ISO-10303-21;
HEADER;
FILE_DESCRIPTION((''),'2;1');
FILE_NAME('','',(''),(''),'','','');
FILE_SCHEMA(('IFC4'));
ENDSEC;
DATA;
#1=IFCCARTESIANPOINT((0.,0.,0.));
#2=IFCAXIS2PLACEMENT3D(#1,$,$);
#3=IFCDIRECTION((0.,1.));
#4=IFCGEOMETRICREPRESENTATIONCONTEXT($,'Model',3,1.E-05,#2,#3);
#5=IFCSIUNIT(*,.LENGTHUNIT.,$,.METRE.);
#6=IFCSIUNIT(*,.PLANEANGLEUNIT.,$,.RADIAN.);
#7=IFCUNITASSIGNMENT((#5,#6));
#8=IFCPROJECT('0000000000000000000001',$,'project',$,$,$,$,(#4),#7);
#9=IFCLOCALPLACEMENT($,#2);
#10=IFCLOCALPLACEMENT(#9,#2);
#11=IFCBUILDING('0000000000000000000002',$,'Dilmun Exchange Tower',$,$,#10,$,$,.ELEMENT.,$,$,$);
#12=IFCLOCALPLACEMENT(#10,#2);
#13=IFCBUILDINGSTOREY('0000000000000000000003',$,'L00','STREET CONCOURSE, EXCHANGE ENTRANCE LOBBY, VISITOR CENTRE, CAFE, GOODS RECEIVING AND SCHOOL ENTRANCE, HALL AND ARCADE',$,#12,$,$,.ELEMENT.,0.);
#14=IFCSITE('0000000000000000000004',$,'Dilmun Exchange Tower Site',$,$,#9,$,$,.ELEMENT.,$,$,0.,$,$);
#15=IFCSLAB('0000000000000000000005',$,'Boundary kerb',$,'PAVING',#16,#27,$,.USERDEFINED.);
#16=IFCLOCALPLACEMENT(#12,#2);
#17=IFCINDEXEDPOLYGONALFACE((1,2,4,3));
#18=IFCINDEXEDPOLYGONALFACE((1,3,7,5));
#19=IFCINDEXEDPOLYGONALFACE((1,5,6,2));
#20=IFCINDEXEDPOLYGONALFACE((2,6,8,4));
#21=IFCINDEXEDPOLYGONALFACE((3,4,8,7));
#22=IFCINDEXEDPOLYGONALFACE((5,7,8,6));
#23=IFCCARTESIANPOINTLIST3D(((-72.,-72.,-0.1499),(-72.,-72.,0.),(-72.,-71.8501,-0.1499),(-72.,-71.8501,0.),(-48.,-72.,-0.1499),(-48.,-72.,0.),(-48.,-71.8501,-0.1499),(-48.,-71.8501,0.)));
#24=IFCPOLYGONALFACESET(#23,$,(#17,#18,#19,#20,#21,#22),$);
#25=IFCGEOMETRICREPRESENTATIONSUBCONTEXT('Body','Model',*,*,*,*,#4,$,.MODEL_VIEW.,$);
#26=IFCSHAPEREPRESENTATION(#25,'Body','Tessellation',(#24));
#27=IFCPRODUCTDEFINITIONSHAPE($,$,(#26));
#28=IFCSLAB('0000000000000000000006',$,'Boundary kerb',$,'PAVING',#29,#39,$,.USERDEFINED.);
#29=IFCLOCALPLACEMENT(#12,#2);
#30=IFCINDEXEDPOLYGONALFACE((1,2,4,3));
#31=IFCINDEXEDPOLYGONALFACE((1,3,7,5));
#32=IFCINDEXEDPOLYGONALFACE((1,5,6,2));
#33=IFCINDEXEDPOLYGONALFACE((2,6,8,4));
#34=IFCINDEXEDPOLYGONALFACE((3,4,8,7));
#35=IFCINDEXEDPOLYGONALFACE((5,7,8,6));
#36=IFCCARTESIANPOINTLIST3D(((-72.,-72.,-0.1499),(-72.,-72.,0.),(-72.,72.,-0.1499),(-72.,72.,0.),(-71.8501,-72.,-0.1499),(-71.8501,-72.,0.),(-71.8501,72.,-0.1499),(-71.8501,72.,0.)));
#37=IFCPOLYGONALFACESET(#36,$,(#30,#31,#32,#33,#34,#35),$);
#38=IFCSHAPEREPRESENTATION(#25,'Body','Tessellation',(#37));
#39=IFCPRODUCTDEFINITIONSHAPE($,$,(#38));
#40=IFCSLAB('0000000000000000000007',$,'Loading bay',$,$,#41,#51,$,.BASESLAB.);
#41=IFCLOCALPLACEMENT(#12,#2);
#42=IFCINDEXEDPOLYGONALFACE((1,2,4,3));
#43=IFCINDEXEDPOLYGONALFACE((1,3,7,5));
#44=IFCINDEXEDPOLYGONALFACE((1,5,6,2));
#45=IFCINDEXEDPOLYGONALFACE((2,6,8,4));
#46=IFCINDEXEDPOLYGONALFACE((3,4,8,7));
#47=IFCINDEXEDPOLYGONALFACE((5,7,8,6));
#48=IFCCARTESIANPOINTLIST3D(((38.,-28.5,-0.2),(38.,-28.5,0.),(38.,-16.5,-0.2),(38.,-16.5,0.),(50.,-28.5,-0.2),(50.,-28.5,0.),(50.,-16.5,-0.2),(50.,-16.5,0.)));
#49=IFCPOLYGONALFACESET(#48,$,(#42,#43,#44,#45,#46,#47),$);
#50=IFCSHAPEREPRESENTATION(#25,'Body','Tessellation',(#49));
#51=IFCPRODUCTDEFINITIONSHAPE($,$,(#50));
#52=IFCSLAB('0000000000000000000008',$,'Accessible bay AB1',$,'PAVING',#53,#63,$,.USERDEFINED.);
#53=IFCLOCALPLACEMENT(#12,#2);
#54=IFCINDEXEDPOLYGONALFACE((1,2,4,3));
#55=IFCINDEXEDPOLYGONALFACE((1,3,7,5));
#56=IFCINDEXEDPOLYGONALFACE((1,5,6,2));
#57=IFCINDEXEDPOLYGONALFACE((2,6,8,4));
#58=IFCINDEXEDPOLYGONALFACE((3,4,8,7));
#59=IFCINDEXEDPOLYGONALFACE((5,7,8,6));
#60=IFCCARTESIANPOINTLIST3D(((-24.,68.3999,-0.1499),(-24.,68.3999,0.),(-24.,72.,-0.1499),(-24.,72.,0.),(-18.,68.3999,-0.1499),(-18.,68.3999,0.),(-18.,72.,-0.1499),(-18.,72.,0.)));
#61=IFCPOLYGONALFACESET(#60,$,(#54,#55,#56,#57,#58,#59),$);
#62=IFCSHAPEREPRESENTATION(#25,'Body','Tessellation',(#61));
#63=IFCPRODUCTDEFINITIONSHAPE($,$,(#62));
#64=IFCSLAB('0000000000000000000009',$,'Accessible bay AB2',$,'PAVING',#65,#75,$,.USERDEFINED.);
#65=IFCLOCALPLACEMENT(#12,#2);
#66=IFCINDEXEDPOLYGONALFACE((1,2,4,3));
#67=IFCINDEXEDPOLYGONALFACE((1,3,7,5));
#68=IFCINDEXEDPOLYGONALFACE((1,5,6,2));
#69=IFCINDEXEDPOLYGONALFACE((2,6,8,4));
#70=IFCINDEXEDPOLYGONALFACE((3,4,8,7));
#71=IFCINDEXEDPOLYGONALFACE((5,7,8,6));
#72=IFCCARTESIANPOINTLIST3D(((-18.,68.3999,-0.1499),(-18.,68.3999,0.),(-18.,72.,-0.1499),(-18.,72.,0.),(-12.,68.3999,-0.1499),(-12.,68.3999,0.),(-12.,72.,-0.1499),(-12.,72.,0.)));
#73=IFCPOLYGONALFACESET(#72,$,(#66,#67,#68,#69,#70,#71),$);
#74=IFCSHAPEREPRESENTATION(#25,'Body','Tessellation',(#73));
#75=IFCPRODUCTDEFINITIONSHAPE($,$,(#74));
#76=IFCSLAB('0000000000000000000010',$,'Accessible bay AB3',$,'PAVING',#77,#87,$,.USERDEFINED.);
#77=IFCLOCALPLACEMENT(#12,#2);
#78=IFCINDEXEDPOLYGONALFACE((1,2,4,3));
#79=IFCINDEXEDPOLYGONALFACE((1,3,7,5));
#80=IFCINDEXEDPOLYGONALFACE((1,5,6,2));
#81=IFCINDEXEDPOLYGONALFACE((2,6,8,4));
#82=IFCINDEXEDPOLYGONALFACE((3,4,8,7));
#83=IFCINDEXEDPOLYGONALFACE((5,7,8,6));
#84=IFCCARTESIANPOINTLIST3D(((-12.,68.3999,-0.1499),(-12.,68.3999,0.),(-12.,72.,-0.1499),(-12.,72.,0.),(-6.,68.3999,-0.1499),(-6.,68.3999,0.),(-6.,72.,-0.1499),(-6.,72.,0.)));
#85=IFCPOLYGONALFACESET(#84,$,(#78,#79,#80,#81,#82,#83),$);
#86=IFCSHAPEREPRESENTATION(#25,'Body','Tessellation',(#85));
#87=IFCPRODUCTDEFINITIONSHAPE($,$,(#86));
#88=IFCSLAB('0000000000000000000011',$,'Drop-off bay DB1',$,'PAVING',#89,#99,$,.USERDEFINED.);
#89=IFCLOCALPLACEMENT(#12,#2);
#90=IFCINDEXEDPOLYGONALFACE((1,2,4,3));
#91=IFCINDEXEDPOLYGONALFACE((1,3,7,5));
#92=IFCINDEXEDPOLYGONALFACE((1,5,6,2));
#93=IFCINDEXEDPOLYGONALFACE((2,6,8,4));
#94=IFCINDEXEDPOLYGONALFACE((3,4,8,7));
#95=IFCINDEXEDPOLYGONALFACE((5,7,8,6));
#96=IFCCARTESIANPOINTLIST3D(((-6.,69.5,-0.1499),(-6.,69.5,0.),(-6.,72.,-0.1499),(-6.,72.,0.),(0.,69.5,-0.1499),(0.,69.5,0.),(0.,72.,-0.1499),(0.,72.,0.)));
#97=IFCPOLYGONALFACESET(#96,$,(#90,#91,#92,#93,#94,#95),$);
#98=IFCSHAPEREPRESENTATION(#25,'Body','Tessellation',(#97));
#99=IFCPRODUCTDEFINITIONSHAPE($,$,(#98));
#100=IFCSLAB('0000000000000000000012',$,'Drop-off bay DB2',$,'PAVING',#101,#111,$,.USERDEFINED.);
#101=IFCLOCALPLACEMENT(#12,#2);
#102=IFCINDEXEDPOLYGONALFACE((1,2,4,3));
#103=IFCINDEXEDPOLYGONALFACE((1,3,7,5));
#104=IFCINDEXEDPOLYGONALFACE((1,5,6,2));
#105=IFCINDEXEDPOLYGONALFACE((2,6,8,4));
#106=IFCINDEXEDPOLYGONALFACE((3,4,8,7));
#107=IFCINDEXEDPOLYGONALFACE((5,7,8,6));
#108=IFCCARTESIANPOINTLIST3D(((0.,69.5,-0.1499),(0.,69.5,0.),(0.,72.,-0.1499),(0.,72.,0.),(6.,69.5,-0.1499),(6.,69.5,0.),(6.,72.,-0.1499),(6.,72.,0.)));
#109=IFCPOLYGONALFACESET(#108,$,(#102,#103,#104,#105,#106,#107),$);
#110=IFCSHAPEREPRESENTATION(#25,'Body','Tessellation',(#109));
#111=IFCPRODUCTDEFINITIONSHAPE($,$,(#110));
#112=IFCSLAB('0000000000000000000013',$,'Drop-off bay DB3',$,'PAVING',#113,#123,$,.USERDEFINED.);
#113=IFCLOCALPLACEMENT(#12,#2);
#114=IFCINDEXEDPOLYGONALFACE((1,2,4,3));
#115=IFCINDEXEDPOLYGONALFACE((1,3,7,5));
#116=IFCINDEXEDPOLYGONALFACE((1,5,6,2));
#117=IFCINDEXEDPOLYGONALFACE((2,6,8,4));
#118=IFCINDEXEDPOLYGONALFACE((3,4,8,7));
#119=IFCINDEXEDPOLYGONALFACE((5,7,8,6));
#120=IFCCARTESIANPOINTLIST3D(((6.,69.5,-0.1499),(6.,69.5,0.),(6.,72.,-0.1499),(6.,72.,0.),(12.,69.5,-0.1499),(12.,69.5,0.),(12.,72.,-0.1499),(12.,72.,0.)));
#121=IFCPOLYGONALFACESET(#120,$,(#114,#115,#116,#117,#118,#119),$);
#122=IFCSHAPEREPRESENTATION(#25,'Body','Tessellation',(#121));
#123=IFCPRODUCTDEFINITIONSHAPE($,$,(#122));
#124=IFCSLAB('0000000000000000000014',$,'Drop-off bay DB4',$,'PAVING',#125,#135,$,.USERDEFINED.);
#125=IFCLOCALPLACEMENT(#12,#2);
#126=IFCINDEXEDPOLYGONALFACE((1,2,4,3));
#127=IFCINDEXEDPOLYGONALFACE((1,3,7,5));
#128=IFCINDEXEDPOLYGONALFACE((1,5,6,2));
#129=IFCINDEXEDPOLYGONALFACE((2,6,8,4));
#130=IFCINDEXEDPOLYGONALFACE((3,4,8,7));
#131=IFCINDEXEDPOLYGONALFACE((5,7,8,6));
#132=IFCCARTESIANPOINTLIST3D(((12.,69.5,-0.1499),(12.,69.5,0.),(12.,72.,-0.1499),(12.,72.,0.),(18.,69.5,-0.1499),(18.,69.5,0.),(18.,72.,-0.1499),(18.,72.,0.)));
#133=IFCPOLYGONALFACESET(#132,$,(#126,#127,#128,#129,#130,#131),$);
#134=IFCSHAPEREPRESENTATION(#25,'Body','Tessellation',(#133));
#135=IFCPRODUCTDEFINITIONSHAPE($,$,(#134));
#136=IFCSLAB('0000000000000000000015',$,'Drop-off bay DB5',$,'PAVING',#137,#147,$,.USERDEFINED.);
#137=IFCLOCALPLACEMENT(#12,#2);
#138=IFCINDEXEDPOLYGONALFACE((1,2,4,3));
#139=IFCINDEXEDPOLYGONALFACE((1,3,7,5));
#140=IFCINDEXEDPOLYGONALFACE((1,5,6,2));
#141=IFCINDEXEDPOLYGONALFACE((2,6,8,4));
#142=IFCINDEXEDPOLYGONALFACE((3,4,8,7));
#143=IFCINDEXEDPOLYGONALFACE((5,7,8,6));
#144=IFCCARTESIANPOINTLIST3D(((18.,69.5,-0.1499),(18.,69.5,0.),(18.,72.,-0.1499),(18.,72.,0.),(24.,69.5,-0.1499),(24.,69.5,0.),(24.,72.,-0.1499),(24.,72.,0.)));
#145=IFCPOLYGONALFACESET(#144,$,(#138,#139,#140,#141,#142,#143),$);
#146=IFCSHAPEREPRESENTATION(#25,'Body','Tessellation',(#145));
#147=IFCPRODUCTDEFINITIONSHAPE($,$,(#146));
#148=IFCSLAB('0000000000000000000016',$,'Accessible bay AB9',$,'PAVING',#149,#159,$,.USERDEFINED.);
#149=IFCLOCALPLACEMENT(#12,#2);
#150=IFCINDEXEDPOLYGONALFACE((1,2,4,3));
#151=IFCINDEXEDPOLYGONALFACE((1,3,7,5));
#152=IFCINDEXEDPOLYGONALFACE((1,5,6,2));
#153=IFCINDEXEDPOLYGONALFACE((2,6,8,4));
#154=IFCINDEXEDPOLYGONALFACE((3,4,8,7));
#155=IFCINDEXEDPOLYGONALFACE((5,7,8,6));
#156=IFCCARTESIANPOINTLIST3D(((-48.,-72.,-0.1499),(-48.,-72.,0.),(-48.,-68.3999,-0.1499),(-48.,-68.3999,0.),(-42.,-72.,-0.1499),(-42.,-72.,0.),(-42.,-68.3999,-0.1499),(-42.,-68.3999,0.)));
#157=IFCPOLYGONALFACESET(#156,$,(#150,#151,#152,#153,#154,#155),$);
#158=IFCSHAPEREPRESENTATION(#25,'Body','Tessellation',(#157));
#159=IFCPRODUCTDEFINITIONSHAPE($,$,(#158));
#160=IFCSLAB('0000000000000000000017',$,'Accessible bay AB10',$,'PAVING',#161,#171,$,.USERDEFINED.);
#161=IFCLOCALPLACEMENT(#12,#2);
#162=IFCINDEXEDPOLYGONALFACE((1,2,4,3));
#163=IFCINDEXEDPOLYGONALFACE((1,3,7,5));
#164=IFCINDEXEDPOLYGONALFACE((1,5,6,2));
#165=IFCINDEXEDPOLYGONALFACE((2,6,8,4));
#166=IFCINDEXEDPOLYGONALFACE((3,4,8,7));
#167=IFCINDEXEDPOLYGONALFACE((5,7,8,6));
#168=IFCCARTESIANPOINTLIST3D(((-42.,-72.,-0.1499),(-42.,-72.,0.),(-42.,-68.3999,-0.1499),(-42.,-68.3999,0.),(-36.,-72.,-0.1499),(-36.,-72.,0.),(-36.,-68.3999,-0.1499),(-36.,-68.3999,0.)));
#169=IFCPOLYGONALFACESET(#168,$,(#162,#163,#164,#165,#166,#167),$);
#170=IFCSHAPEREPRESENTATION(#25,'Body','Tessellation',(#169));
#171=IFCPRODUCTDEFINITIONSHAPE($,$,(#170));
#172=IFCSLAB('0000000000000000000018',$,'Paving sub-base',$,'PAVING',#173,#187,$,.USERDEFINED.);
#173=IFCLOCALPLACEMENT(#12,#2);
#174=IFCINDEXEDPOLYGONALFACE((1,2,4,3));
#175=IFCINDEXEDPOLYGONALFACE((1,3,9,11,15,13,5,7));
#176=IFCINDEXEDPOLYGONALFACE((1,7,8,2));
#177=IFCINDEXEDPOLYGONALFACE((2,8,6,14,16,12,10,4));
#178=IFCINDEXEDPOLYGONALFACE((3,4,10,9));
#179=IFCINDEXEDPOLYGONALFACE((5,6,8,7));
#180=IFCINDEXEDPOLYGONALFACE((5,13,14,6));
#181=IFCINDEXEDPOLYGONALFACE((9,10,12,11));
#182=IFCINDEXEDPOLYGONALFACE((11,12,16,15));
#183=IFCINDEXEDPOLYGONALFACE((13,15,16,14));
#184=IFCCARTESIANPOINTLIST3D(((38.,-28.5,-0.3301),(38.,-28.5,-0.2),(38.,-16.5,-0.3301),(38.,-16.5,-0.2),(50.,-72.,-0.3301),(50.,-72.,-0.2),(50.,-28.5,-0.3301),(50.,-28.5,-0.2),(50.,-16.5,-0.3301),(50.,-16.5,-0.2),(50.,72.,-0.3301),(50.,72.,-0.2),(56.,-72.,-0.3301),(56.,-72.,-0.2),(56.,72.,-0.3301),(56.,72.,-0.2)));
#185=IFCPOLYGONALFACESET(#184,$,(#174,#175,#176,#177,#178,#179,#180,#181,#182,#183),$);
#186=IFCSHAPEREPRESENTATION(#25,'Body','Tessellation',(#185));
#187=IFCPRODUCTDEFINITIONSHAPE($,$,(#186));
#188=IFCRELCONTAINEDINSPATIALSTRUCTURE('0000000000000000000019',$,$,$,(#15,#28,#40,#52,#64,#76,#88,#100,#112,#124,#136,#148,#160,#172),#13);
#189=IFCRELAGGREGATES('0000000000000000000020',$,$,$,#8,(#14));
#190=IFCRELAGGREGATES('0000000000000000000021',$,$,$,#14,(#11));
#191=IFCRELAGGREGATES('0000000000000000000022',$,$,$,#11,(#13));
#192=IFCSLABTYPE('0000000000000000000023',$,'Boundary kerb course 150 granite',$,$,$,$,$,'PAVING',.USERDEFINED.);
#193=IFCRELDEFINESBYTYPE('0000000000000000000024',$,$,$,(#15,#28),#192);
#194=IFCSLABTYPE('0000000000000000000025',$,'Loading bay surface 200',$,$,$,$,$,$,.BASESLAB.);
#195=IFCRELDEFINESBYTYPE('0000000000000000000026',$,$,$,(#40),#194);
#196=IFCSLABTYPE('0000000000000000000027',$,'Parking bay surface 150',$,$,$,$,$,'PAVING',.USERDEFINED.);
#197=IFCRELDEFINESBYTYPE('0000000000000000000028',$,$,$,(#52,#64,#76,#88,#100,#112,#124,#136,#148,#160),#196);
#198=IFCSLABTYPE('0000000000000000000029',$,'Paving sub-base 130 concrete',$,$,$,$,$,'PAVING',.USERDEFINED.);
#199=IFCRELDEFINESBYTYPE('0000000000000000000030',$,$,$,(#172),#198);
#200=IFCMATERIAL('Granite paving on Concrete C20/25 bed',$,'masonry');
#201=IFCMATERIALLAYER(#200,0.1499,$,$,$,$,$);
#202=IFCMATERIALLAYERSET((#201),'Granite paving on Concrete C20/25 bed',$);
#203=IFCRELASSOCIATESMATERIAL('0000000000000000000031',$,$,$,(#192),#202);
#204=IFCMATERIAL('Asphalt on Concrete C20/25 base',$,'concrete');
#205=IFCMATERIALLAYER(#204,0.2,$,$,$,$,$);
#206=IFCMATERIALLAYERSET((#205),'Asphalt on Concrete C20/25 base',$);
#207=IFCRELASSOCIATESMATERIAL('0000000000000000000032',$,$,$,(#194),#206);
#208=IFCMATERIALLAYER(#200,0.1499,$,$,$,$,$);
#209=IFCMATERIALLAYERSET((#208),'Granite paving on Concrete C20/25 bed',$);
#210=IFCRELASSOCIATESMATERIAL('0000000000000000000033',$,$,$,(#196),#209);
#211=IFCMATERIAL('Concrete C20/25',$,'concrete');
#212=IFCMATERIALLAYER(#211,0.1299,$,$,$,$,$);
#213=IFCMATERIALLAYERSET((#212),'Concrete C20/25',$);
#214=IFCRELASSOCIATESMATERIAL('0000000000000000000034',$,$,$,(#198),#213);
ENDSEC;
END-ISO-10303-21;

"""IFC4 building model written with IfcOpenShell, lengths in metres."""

from ifc_helpers import new_model, si_unit, direction, frame, origin, place, context, subcontext, project, spatial, polyline, outline, extrude, material, layer, layer_set, type_object, element, save


model = new_model("IFC4")

# Units and contexts
model_context = context("Model", 3, precision=1e-05, world=origin(), true_north=direction((0.0, 1.0)))
body_context = subcontext(model_context, "Body", "Model", "MODEL_VIEW")
ifc_project = project(units=[si_unit("LENGTHUNIT", "METRE"), si_unit("PLANEANGLEUNIT", "RADIAN")], contexts=[model_context])

# Site, building, storey
site_placement = place(None, origin())
site = spatial("IfcSite", under=ifc_project, at=site_placement, Name="Dilmun Exchange Tower Site", CompositionType="ELEMENT", RefElevation=0.0)
building_placement = place(site_placement, origin())
building = spatial("IfcBuilding", under=site, at=building_placement, Name="Dilmun Exchange Tower", CompositionType="ELEMENT")
storey_placement = place(building_placement, origin())
storey = spatial("IfcBuildingStorey", under=building, at=storey_placement, Name="L00", Description="STREET CONCOURSE, EXCHANGE ENTRANCE LOBBY, VISITOR CENTRE, CAFE, GOODS RECEIVING AND SCHOOL ENTRANCE, HALL AND ARCADE", CompositionType="ELEMENT", Elevation=0.0)

# Slabs
ifc_material_1 = material(Name="Granite paving on Concrete C20/25 bed", Category="masonry")
ifc_layer_1 = layer(ifc_material_1, 0.1499)
ifc_layer_set_1 = layer_set([ifc_layer_1], Name="Granite paving on Concrete C20/25 bed")
slab_type_1 = type_object("IfcSlabType", Name="Boundary kerb course 150 granite", ElementType="PAVING", PredefinedType="USERDEFINED", material=ifc_layer_set_1)
slab_1_placement = place(storey_placement, frame((0.0, 0.0, -0.1499)))
element("IfcSlab", 1, at=slab_1_placement, inside=storey, type_object=slab_type_1, Name="Boundary kerb", ObjectType="PAVING", PredefinedType="USERDEFINED", context=body_context, shape_type="SweptSolid", body=[
    extrude(outline(polyline([(-48.0, -71.8501), (-48.0, -72.0), (-72.0, -72.0), (-72.0, -71.8501), (-48.0, -71.8501)])), origin(), (0.0, 0.0, 1.0), 0.1499),
])
slab_2_placement = place(storey_placement, frame((0.0, 0.0, -0.1499)))
element("IfcSlab", 2, at=slab_2_placement, inside=storey, type_object=slab_type_1, Name="Boundary kerb", ObjectType="PAVING", PredefinedType="USERDEFINED", context=body_context, shape_type="SweptSolid", body=[
    extrude(outline(polyline([(-71.8501, 72.0), (-71.8501, -72.0), (-72.0, -72.0), (-72.0, 72.0), (-71.8501, 72.0)])), origin(), (0.0, 0.0, 1.0), 0.1499),
])
ifc_material_2 = material(Name="Asphalt on Concrete C20/25 base", Category="concrete")
ifc_layer_2 = layer(ifc_material_2, 0.2)
ifc_layer_set_2 = layer_set([ifc_layer_2], Name="Asphalt on Concrete C20/25 base")
slab_type_2 = type_object("IfcSlabType", Name="Loading bay surface 200", PredefinedType="BASESLAB", material=ifc_layer_set_2)
slab_3_placement = place(storey_placement, frame((0.0, 0.0, -0.2)))
element("IfcSlab", 3, at=slab_3_placement, inside=storey, type_object=slab_type_2, Name="Loading bay", PredefinedType="BASESLAB", context=body_context, shape_type="SweptSolid", body=[
    extrude(outline(polyline([(38.0, -28.5), (38.0, -16.5), (50.0, -16.5), (50.0, -28.5), (38.0, -28.5)])), origin(), (0.0, 0.0, 1.0), 0.2),
])
ifc_layer_3 = layer(ifc_material_1, 0.1499)
ifc_layer_set_3 = layer_set([ifc_layer_3], Name="Granite paving on Concrete C20/25 bed")
slab_type_3 = type_object("IfcSlabType", Name="Parking bay surface 150", ElementType="PAVING", PredefinedType="USERDEFINED", material=ifc_layer_set_3)
slab_4_placement = place(storey_placement, frame((0.0, 0.0, -0.1499)))
element("IfcSlab", 4, at=slab_4_placement, inside=storey, type_object=slab_type_3, Name="Accessible bay AB1", ObjectType="PAVING", PredefinedType="USERDEFINED", context=body_context, shape_type="SweptSolid", body=[
    extrude(outline(polyline([(-24.0, 68.3999), (-24.0, 72.0), (-18.0, 72.0), (-18.0, 68.3999), (-24.0, 68.3999)])), origin(), (0.0, 0.0, 1.0), 0.1499),
])
slab_5_placement = place(storey_placement, frame((0.0, 0.0, -0.1499)))
element("IfcSlab", 5, at=slab_5_placement, inside=storey, type_object=slab_type_3, Name="Accessible bay AB2", ObjectType="PAVING", PredefinedType="USERDEFINED", context=body_context, shape_type="SweptSolid", body=[
    extrude(outline(polyline([(-18.0, 68.3999), (-18.0, 72.0), (-12.0, 72.0), (-12.0, 68.3999), (-18.0, 68.3999)])), origin(), (0.0, 0.0, 1.0), 0.1499),
])
slab_6_placement = place(storey_placement, frame((0.0, 0.0, -0.1499)))
element("IfcSlab", 6, at=slab_6_placement, inside=storey, type_object=slab_type_3, Name="Accessible bay AB3", ObjectType="PAVING", PredefinedType="USERDEFINED", context=body_context, shape_type="SweptSolid", body=[
    extrude(outline(polyline([(-12.0, 68.3999), (-12.0, 72.0), (-6.0, 72.0), (-6.0, 68.3999), (-12.0, 68.3999)])), origin(), (0.0, 0.0, 1.0), 0.1499),
])
slab_7_placement = place(storey_placement, frame((0.0, 0.0, -0.1499)))
element("IfcSlab", 7, at=slab_7_placement, inside=storey, type_object=slab_type_3, Name="Drop-off bay DB1", ObjectType="PAVING", PredefinedType="USERDEFINED", context=body_context, shape_type="SweptSolid", body=[
    extrude(outline(polyline([(-6.0, 69.5), (-6.0, 72.0), (0.0, 72.0), (0.0, 69.5), (-6.0, 69.5)])), origin(), (0.0, 0.0, 1.0), 0.1499),
])
slab_8_placement = place(storey_placement, frame((0.0, 0.0, -0.1499)))
element("IfcSlab", 8, at=slab_8_placement, inside=storey, type_object=slab_type_3, Name="Drop-off bay DB2", ObjectType="PAVING", PredefinedType="USERDEFINED", context=body_context, shape_type="SweptSolid", body=[
    extrude(outline(polyline([(0.0, 69.5), (0.0, 72.0), (6.0, 72.0), (6.0, 69.5), (0.0, 69.5)])), origin(), (0.0, 0.0, 1.0), 0.1499),
])
slab_9_placement = place(storey_placement, frame((0.0, 0.0, -0.1499)))
element("IfcSlab", 9, at=slab_9_placement, inside=storey, type_object=slab_type_3, Name="Drop-off bay DB3", ObjectType="PAVING", PredefinedType="USERDEFINED", context=body_context, shape_type="SweptSolid", body=[
    extrude(outline(polyline([(6.0, 69.5), (6.0, 72.0), (12.0, 72.0), (12.0, 69.5), (6.0, 69.5)])), origin(), (0.0, 0.0, 1.0), 0.1499),
])
slab_10_placement = place(storey_placement, frame((0.0, 0.0, -0.1499)))
element("IfcSlab", 10, at=slab_10_placement, inside=storey, type_object=slab_type_3, Name="Drop-off bay DB4", ObjectType="PAVING", PredefinedType="USERDEFINED", context=body_context, shape_type="SweptSolid", body=[
    extrude(outline(polyline([(12.0, 69.5), (12.0, 72.0), (18.0, 72.0), (18.0, 69.5), (12.0, 69.5)])), origin(), (0.0, 0.0, 1.0), 0.1499),
])
slab_11_placement = place(storey_placement, frame((0.0, 0.0, -0.1499)))
element("IfcSlab", 11, at=slab_11_placement, inside=storey, type_object=slab_type_3, Name="Drop-off bay DB5", ObjectType="PAVING", PredefinedType="USERDEFINED", context=body_context, shape_type="SweptSolid", body=[
    extrude(outline(polyline([(18.0, 69.5), (18.0, 72.0), (24.0, 72.0), (24.0, 69.5), (18.0, 69.5)])), origin(), (0.0, 0.0, 1.0), 0.1499),
])
slab_12_placement = place(storey_placement, frame((0.0, 0.0, -0.1499)))
element("IfcSlab", 12, at=slab_12_placement, inside=storey, type_object=slab_type_3, Name="Accessible bay AB9", ObjectType="PAVING", PredefinedType="USERDEFINED", context=body_context, shape_type="SweptSolid", body=[
    extrude(outline(polyline([(-48.0, -72.0), (-48.0, -68.3999), (-42.0, -68.3999), (-42.0, -72.0), (-48.0, -72.0)])), origin(), (0.0, 0.0, 1.0), 0.1499),
])
slab_13_placement = place(storey_placement, frame((0.0, 0.0, -0.1499)))
element("IfcSlab", 13, at=slab_13_placement, inside=storey, type_object=slab_type_3, Name="Accessible bay AB10", ObjectType="PAVING", PredefinedType="USERDEFINED", context=body_context, shape_type="SweptSolid", body=[
    extrude(outline(polyline([(-42.0, -72.0), (-42.0, -68.3999), (-36.0, -68.3999), (-36.0, -72.0), (-42.0, -72.0)])), origin(), (0.0, 0.0, 1.0), 0.1499),
])
ifc_material_3 = material(Name="Concrete C20/25", Category="concrete")
ifc_layer_4 = layer(ifc_material_3, 0.1299)
ifc_layer_set_4 = layer_set([ifc_layer_4], Name="Concrete C20/25")
slab_type_4 = type_object("IfcSlabType", Name="Paving sub-base 130 concrete", ElementType="PAVING", PredefinedType="USERDEFINED", material=ifc_layer_set_4)
slab_14_placement = place(storey_placement, frame((0.0, 0.0, -0.3301)))
element("IfcSlab", 14, at=slab_14_placement, inside=storey, type_object=slab_type_4, Name="Paving sub-base", ObjectType="PAVING", PredefinedType="USERDEFINED", context=body_context, shape_type="SweptSolid", body=[
    extrude(outline(polyline([(38.0, -16.5), (50.0, -16.5), (50.0, 72.0), (56.0, 72.0), (56.0, -72.0), (50.0, -72.0), (50.0, -28.5), (38.0, -28.5), (38.0, -16.5)])), origin(), (0.0, 0.0, 1.0), 0.1301),
])

save(model, "model.ifc")
